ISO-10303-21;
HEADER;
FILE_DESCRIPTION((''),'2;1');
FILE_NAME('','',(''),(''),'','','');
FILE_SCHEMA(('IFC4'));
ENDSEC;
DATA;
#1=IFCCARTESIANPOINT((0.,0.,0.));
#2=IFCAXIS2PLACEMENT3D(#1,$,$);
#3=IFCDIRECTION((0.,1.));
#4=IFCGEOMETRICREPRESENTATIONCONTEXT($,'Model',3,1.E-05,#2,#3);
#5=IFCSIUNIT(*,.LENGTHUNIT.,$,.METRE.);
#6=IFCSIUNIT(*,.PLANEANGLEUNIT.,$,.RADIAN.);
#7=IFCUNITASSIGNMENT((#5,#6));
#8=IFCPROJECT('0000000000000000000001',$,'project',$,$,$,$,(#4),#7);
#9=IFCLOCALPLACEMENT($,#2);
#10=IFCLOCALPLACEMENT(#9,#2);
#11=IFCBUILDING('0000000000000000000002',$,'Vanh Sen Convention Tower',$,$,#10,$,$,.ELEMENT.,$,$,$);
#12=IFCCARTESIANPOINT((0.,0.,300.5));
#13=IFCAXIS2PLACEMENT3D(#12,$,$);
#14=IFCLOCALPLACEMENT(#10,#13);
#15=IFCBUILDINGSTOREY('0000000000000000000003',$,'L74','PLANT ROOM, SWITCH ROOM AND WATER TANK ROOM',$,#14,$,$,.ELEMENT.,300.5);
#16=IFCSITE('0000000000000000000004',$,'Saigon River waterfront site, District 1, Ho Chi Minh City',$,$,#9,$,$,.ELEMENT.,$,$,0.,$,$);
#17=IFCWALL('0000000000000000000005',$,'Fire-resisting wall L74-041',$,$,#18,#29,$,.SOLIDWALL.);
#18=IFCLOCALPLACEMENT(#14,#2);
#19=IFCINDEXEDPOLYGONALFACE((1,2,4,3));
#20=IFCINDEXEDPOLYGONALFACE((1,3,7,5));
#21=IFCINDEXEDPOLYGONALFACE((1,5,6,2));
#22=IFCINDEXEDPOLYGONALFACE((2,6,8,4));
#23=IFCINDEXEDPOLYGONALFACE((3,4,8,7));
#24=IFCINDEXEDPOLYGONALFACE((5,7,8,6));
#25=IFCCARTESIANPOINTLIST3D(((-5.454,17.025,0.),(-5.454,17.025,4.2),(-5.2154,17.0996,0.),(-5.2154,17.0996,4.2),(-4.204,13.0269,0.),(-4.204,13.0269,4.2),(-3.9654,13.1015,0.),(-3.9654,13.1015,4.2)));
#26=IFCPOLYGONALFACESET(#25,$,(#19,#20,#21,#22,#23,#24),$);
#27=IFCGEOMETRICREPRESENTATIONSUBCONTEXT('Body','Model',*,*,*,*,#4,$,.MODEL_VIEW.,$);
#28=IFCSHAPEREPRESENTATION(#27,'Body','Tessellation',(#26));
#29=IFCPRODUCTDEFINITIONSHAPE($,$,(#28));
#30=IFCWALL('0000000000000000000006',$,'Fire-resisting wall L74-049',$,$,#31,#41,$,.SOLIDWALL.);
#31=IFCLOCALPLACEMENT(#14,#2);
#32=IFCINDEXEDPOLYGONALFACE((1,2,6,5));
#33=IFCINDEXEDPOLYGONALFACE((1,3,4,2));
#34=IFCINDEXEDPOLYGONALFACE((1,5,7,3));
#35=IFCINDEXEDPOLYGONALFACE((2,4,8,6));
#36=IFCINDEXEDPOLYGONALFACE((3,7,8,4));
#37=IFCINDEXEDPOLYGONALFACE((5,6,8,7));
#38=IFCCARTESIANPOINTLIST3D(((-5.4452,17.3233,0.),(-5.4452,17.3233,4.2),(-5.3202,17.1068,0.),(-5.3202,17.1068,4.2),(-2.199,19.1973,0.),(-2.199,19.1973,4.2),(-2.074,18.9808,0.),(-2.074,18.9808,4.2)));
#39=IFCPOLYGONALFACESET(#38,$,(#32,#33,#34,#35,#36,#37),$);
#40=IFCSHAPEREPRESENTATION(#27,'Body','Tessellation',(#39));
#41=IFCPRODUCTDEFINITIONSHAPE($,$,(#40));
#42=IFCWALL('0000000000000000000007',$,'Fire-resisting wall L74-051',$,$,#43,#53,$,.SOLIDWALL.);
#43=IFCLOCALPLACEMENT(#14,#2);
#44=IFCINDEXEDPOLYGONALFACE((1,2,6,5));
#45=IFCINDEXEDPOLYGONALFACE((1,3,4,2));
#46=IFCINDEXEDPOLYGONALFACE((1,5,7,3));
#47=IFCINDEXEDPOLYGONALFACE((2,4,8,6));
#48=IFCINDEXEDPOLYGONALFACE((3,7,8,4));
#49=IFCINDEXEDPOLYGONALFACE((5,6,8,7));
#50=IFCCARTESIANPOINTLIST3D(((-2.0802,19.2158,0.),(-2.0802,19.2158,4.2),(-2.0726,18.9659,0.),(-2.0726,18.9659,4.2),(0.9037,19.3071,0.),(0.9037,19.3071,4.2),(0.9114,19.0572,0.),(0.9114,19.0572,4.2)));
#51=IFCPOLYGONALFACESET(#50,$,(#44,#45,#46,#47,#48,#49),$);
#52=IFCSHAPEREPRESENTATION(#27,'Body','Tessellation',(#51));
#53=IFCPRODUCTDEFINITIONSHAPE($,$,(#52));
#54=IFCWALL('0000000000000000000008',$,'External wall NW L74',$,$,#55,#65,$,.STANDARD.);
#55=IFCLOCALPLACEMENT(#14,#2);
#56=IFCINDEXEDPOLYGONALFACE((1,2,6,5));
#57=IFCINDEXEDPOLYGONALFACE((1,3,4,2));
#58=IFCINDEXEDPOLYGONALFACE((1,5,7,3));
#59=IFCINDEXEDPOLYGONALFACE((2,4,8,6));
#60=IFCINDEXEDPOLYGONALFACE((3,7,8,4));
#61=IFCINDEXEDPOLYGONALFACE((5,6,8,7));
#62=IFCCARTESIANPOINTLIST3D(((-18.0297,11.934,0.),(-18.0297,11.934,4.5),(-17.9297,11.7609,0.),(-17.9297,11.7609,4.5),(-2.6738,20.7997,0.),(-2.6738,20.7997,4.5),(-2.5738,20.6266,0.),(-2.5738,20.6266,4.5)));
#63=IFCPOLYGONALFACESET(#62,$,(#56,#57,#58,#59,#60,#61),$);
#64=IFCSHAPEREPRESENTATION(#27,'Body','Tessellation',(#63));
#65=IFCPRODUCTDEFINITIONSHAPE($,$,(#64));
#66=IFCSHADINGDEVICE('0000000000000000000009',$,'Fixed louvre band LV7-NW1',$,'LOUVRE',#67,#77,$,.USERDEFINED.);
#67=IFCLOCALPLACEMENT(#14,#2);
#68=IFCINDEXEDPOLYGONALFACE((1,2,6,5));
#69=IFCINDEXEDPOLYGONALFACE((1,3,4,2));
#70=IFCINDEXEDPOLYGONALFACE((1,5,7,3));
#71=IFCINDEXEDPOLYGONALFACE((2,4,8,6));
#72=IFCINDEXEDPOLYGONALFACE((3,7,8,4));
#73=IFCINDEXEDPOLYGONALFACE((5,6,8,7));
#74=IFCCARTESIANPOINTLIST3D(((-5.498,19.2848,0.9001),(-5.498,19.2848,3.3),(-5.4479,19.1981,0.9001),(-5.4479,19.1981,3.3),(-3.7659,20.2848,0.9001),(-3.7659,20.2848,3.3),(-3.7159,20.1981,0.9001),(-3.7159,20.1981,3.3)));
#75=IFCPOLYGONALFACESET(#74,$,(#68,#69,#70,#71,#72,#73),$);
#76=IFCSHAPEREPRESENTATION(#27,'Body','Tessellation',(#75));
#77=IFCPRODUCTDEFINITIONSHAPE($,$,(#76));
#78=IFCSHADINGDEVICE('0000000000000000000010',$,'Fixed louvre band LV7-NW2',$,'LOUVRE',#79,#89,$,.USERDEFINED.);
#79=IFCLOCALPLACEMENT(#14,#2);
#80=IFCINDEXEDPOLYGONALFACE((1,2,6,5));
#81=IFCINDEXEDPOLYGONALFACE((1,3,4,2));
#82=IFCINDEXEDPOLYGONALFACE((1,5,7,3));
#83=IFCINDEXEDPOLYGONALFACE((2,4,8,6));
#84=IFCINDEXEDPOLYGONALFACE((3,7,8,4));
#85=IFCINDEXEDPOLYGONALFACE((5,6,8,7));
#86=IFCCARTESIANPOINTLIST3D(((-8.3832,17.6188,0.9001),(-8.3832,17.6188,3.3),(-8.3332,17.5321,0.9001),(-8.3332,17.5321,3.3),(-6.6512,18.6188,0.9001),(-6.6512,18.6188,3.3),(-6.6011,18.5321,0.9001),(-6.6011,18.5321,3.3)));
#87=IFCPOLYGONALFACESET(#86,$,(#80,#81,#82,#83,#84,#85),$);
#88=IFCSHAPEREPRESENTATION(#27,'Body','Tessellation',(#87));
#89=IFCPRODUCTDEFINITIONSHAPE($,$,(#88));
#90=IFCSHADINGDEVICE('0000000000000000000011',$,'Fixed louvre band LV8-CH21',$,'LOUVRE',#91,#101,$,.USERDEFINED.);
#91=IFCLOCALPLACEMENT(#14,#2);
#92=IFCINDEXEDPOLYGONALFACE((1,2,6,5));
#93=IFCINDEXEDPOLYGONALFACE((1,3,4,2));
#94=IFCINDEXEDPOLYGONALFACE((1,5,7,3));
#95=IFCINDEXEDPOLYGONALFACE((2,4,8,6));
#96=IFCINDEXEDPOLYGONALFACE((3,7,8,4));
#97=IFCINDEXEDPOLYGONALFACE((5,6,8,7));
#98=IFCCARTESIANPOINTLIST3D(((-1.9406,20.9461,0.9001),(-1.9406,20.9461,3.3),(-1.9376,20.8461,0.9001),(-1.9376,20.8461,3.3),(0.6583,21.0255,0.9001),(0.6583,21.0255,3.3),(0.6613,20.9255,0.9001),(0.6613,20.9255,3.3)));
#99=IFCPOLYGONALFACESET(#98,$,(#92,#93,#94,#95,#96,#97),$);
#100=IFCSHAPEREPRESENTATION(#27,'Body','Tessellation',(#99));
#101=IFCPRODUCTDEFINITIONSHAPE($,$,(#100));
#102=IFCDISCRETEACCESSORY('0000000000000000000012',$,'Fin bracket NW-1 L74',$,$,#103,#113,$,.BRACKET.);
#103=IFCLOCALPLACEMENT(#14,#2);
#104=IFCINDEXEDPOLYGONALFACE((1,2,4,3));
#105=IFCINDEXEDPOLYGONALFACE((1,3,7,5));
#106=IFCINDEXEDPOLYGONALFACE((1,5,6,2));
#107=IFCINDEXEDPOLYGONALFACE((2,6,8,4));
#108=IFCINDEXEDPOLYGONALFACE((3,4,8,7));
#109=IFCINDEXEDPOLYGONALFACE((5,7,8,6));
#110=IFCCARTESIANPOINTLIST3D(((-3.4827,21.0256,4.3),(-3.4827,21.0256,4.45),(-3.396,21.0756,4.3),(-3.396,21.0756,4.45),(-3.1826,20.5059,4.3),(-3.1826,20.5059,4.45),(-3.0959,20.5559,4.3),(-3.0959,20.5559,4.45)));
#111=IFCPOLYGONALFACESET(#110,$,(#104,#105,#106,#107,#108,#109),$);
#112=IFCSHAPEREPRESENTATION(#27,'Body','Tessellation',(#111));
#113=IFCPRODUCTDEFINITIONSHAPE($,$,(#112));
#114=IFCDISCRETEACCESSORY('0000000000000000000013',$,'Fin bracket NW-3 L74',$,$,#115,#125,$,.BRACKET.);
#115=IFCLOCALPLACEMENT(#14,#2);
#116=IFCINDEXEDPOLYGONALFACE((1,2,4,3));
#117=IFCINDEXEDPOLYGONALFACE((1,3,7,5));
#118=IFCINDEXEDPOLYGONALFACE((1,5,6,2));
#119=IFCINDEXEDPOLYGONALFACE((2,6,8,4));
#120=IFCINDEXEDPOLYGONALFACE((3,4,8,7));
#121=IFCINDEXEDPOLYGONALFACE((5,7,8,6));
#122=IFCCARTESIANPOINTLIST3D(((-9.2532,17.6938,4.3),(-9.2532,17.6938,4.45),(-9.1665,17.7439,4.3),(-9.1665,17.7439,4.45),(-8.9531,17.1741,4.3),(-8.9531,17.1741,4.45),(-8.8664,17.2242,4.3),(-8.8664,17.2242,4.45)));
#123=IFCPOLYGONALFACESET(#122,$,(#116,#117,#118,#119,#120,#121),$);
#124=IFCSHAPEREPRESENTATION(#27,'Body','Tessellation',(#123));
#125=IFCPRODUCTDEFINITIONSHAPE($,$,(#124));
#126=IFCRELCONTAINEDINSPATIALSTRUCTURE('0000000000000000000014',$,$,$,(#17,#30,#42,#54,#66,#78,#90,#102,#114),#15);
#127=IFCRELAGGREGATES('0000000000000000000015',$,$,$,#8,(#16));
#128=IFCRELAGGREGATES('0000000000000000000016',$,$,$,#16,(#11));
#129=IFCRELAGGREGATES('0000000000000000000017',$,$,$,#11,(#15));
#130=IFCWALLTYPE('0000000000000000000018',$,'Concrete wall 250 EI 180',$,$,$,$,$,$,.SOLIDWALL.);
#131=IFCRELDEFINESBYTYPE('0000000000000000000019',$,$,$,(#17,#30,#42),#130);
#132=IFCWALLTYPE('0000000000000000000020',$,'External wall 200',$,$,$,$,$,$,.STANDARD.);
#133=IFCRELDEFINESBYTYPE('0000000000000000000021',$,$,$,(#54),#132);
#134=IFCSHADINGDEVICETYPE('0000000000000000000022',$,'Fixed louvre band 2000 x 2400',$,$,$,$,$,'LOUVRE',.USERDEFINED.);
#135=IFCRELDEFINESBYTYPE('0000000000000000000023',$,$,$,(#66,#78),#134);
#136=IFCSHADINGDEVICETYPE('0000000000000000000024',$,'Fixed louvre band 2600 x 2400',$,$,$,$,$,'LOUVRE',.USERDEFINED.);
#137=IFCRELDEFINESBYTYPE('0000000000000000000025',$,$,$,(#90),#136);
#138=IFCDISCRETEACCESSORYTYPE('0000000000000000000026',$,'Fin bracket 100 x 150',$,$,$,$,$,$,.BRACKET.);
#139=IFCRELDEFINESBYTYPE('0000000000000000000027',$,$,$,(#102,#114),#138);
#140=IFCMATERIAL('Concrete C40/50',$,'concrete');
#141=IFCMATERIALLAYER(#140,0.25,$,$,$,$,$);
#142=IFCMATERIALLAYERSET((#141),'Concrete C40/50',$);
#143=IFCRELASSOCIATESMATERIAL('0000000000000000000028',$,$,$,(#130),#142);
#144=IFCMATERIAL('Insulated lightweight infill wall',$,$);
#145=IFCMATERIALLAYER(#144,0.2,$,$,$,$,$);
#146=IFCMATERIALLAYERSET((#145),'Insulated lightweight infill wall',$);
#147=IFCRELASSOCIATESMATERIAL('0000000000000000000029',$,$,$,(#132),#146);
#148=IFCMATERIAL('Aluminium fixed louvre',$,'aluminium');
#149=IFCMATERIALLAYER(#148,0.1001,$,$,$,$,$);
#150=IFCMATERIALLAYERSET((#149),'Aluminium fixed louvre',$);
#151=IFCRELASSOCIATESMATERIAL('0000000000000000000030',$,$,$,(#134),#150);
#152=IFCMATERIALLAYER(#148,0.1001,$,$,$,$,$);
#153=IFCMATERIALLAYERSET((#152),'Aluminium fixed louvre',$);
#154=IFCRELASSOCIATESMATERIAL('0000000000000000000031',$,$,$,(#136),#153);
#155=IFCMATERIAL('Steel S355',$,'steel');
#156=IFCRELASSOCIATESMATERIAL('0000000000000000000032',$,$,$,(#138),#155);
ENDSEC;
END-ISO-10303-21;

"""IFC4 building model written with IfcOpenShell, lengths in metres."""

from ifc_helpers import new_model, si_unit, direction, frame, frame_2d, origin, origin_2d, place, context, subcontext, project, spatial, rectangle, extrude, material, layer, layer_set, type_object, element, save


model = new_model("IFC4")

# Units and contexts
model_context = context("Model", 3, precision=1e-05, world=origin(), true_north=direction((0.0, 1.0)))
body_context = subcontext(model_context, "Body", "Model", "MODEL_VIEW")
ifc_project = project(units=[si_unit("LENGTHUNIT", "METRE"), si_unit("PLANEANGLEUNIT", "RADIAN")], contexts=[model_context])

# Site, building, storey
site_placement = place(None, origin())
site = spatial("IfcSite", under=ifc_project, at=site_placement, Name="Saigon River waterfront site, District 1, Ho Chi Minh City", CompositionType="ELEMENT", RefElevation=0.0)
building_placement = place(site_placement, origin())
building = spatial("IfcBuilding", under=site, at=building_placement, Name="Vanh Sen Convention Tower", CompositionType="ELEMENT")
storey_placement = place(building_placement, frame((0.0, 0.0, 300.5)))
storey = spatial("IfcBuildingStorey", under=building, at=storey_placement, Name="L74", Description="PLANT ROOM, SWITCH ROOM AND WATER TANK ROOM", CompositionType="ELEMENT", Elevation=300.5)

# Walls
ifc_material_1 = material(Name="Concrete C40/50", Category="concrete")
ifc_layer_1 = layer(ifc_material_1, 0.25)
ifc_layer_set_1 = layer_set([ifc_layer_1], Name="Concrete C40/50")
wall_type_1 = type_object("IfcWallType", Name="Concrete wall 250 EI 180", PredefinedType="SOLIDWALL", material=ifc_layer_set_1)
wall_1_placement = place(storey_placement, frame((-4.0847, 13.0642, 0.0), z_axis=(0.0, 0.0, 1.0), x_axis=(-0.298408, 0.954438, 0.0)))
element("IfcWall", 1, at=wall_1_placement, inside=storey, type_object=wall_type_1, Name="Fire-resisting wall L74-041", PredefinedType="SOLIDWALL", context=body_context, shape_type="SweptSolid", body=[
    extrude(rectangle(XDim=4.189, YDim=0.25, at=frame_2d((2.0945, 0.0))), origin(), (0.0, 0.0, 1.0), 4.2),
])
wall_2_placement = place(storey_placement, frame((-5.3826, 17.2151, 0.0), z_axis=(0.0, 0.0, 1.0), x_axis=(0.866038, 0.499978, 0.0)))
element("IfcWall", 2, at=wall_2_placement, inside=storey, type_object=wall_type_1, Name="Fire-resisting wall L74-049", PredefinedType="SOLIDWALL", context=body_context, shape_type="SweptSolid", body=[
    extrude(rectangle(XDim=3.7483, YDim=0.25, at=frame_2d((1.874, 0.0))), origin(), (0.0, 0.0, 1.0), 4.2),
])
wall_3_placement = place(storey_placement, frame((-2.0764, 19.0908, 0.0), z_axis=(0.0, 0.0, 1.0), x_axis=(0.999532, 0.030586, 0.0)))
element("IfcWall", 3, at=wall_3_placement, inside=storey, type_object=wall_type_1, Name="Fire-resisting wall L74-051", PredefinedType="SOLIDWALL", context=body_context, shape_type="SweptSolid", body=[
    extrude(rectangle(XDim=2.9854, YDim=0.25, at=frame_2d((1.4927, 0.0))), origin(), (0.0, 0.0, 1.0), 4.2),
])
ifc_material_2 = material(Name="Insulated lightweight infill wall")
ifc_layer_2 = layer(ifc_material_2, 0.2)
ifc_layer_set_2 = layer_set([ifc_layer_2], Name="Insulated lightweight infill wall")
wall_type_2 = type_object("IfcWallType", Name="External wall 200", PredefinedType="STANDARD", material=ifc_layer_set_2)
wall_4_placement = place(storey_placement, frame((-2.6238, 20.7131, 0.0), z_axis=(0.0, 0.0, 1.0), x_axis=(-0.866026, -0.499998, 0.0)))
element("IfcWall", 4, at=wall_4_placement, inside=storey, type_object=wall_type_2, Name="External wall NW L74", PredefinedType="STANDARD", context=body_context, shape_type="SweptSolid", body=[
    extrude(rectangle(XDim=17.7314, YDim=0.2, at=frame_2d((8.8657, 0.0))), origin(), (0.0, 0.0, 1.0), 4.5),
])

# Shading devices
ifc_material_3 = material(Name="Aluminium fixed louvre", Category="aluminium")
ifc_layer_3 = layer(ifc_material_3, 0.1001)
ifc_layer_set_3 = layer_set([ifc_layer_3], Name="Aluminium fixed louvre")
shading_device_type_1 = type_object("IfcShadingDeviceType", Name="Fixed louvre band 2000 x 2400", ElementType="LOUVRE", PredefinedType="USERDEFINED", material=ifc_layer_set_3)
for number, where, z_axis, x_axis, name in (
    (5, (-4.6069, 19.7415, 0.9001), (0.0, 0.0, 1.0), (-0.866024, -0.500003, 0.0), "Fixed louvre band LV7-NW1"),
    (6, (-7.4922, 18.0754, 0.9001), (0.0, 0.0, 1.0), (-0.866024, -0.500003, 0.0), "Fixed louvre band LV7-NW2"),
):
    element("IfcShadingDevice", number, at=place(storey_placement, frame(where, z_axis=z_axis, x_axis=x_axis)), inside=storey, type_object=shading_device_type_1, Name=name, ObjectType="LOUVRE", PredefinedType="USERDEFINED", context=body_context, shape_type="SweptSolid", body=[
        extrude(rectangle(XDim=2.0, YDim=0.1001, at=origin_2d()), origin(), (0.0, 0.0, 1.0), 2.3999),
    ])
ifc_layer_4 = layer(ifc_material_3, 0.1001)
ifc_layer_set_4 = layer_set([ifc_layer_4], Name="Aluminium fixed louvre")
shading_device_type_2 = type_object("IfcShadingDeviceType", Name="Fixed louvre band 2600 x 2400", ElementType="LOUVRE", PredefinedType="USERDEFINED", material=ifc_layer_set_4)
shading_device_placement = place(storey_placement, frame((-0.6396, 20.9358, 0.9001), z_axis=(0.0, 0.0, 1.0), x_axis=(-0.999534, -0.030532, 0.0)))
element("IfcShadingDevice", 7, at=shading_device_placement, inside=storey, type_object=shading_device_type_2, Name="Fixed louvre band LV8-CH21", ObjectType="LOUVRE", PredefinedType="USERDEFINED", context=body_context, shape_type="SweptSolid", body=[
    extrude(rectangle(XDim=2.6001, YDim=0.1001, at=origin_2d()), origin(), (0.0, 0.0, 1.0), 2.3999),
])

# Discrete accessories
ifc_material_4 = material(Name="Steel S355", Category="steel")
discrete_accessory_type = type_object("IfcDiscreteAccessoryType", Name="Fin bracket 100 x 150", PredefinedType="BRACKET", material=ifc_material_4)
for number, where, z_axis, x_axis, name in (
    (8, (-3.2893, 20.7908, 4.3), (0.0, 0.0, 1.0), (-0.5, 0.866025, 0.0), "Fin bracket NW-1 L74"),
    (9, (-9.0598, 17.459, 4.3), (0.0, 0.0, 1.0), (-0.5, 0.866025, 0.0), "Fin bracket NW-3 L74"),
):
    element("IfcDiscreteAccessory", number, at=place(storey_placement, frame(where, z_axis=z_axis, x_axis=x_axis)), inside=storey, type_object=discrete_accessory_type, Name=name, PredefinedType="BRACKET", context=body_context, shape_type="SweptSolid", body=[
        extrude(rectangle(XDim=0.6001, YDim=0.1001, at=origin_2d()), origin(), (0.0, 0.0, 1.0), 0.1499),
    ])

save(model, "model.ifc")
